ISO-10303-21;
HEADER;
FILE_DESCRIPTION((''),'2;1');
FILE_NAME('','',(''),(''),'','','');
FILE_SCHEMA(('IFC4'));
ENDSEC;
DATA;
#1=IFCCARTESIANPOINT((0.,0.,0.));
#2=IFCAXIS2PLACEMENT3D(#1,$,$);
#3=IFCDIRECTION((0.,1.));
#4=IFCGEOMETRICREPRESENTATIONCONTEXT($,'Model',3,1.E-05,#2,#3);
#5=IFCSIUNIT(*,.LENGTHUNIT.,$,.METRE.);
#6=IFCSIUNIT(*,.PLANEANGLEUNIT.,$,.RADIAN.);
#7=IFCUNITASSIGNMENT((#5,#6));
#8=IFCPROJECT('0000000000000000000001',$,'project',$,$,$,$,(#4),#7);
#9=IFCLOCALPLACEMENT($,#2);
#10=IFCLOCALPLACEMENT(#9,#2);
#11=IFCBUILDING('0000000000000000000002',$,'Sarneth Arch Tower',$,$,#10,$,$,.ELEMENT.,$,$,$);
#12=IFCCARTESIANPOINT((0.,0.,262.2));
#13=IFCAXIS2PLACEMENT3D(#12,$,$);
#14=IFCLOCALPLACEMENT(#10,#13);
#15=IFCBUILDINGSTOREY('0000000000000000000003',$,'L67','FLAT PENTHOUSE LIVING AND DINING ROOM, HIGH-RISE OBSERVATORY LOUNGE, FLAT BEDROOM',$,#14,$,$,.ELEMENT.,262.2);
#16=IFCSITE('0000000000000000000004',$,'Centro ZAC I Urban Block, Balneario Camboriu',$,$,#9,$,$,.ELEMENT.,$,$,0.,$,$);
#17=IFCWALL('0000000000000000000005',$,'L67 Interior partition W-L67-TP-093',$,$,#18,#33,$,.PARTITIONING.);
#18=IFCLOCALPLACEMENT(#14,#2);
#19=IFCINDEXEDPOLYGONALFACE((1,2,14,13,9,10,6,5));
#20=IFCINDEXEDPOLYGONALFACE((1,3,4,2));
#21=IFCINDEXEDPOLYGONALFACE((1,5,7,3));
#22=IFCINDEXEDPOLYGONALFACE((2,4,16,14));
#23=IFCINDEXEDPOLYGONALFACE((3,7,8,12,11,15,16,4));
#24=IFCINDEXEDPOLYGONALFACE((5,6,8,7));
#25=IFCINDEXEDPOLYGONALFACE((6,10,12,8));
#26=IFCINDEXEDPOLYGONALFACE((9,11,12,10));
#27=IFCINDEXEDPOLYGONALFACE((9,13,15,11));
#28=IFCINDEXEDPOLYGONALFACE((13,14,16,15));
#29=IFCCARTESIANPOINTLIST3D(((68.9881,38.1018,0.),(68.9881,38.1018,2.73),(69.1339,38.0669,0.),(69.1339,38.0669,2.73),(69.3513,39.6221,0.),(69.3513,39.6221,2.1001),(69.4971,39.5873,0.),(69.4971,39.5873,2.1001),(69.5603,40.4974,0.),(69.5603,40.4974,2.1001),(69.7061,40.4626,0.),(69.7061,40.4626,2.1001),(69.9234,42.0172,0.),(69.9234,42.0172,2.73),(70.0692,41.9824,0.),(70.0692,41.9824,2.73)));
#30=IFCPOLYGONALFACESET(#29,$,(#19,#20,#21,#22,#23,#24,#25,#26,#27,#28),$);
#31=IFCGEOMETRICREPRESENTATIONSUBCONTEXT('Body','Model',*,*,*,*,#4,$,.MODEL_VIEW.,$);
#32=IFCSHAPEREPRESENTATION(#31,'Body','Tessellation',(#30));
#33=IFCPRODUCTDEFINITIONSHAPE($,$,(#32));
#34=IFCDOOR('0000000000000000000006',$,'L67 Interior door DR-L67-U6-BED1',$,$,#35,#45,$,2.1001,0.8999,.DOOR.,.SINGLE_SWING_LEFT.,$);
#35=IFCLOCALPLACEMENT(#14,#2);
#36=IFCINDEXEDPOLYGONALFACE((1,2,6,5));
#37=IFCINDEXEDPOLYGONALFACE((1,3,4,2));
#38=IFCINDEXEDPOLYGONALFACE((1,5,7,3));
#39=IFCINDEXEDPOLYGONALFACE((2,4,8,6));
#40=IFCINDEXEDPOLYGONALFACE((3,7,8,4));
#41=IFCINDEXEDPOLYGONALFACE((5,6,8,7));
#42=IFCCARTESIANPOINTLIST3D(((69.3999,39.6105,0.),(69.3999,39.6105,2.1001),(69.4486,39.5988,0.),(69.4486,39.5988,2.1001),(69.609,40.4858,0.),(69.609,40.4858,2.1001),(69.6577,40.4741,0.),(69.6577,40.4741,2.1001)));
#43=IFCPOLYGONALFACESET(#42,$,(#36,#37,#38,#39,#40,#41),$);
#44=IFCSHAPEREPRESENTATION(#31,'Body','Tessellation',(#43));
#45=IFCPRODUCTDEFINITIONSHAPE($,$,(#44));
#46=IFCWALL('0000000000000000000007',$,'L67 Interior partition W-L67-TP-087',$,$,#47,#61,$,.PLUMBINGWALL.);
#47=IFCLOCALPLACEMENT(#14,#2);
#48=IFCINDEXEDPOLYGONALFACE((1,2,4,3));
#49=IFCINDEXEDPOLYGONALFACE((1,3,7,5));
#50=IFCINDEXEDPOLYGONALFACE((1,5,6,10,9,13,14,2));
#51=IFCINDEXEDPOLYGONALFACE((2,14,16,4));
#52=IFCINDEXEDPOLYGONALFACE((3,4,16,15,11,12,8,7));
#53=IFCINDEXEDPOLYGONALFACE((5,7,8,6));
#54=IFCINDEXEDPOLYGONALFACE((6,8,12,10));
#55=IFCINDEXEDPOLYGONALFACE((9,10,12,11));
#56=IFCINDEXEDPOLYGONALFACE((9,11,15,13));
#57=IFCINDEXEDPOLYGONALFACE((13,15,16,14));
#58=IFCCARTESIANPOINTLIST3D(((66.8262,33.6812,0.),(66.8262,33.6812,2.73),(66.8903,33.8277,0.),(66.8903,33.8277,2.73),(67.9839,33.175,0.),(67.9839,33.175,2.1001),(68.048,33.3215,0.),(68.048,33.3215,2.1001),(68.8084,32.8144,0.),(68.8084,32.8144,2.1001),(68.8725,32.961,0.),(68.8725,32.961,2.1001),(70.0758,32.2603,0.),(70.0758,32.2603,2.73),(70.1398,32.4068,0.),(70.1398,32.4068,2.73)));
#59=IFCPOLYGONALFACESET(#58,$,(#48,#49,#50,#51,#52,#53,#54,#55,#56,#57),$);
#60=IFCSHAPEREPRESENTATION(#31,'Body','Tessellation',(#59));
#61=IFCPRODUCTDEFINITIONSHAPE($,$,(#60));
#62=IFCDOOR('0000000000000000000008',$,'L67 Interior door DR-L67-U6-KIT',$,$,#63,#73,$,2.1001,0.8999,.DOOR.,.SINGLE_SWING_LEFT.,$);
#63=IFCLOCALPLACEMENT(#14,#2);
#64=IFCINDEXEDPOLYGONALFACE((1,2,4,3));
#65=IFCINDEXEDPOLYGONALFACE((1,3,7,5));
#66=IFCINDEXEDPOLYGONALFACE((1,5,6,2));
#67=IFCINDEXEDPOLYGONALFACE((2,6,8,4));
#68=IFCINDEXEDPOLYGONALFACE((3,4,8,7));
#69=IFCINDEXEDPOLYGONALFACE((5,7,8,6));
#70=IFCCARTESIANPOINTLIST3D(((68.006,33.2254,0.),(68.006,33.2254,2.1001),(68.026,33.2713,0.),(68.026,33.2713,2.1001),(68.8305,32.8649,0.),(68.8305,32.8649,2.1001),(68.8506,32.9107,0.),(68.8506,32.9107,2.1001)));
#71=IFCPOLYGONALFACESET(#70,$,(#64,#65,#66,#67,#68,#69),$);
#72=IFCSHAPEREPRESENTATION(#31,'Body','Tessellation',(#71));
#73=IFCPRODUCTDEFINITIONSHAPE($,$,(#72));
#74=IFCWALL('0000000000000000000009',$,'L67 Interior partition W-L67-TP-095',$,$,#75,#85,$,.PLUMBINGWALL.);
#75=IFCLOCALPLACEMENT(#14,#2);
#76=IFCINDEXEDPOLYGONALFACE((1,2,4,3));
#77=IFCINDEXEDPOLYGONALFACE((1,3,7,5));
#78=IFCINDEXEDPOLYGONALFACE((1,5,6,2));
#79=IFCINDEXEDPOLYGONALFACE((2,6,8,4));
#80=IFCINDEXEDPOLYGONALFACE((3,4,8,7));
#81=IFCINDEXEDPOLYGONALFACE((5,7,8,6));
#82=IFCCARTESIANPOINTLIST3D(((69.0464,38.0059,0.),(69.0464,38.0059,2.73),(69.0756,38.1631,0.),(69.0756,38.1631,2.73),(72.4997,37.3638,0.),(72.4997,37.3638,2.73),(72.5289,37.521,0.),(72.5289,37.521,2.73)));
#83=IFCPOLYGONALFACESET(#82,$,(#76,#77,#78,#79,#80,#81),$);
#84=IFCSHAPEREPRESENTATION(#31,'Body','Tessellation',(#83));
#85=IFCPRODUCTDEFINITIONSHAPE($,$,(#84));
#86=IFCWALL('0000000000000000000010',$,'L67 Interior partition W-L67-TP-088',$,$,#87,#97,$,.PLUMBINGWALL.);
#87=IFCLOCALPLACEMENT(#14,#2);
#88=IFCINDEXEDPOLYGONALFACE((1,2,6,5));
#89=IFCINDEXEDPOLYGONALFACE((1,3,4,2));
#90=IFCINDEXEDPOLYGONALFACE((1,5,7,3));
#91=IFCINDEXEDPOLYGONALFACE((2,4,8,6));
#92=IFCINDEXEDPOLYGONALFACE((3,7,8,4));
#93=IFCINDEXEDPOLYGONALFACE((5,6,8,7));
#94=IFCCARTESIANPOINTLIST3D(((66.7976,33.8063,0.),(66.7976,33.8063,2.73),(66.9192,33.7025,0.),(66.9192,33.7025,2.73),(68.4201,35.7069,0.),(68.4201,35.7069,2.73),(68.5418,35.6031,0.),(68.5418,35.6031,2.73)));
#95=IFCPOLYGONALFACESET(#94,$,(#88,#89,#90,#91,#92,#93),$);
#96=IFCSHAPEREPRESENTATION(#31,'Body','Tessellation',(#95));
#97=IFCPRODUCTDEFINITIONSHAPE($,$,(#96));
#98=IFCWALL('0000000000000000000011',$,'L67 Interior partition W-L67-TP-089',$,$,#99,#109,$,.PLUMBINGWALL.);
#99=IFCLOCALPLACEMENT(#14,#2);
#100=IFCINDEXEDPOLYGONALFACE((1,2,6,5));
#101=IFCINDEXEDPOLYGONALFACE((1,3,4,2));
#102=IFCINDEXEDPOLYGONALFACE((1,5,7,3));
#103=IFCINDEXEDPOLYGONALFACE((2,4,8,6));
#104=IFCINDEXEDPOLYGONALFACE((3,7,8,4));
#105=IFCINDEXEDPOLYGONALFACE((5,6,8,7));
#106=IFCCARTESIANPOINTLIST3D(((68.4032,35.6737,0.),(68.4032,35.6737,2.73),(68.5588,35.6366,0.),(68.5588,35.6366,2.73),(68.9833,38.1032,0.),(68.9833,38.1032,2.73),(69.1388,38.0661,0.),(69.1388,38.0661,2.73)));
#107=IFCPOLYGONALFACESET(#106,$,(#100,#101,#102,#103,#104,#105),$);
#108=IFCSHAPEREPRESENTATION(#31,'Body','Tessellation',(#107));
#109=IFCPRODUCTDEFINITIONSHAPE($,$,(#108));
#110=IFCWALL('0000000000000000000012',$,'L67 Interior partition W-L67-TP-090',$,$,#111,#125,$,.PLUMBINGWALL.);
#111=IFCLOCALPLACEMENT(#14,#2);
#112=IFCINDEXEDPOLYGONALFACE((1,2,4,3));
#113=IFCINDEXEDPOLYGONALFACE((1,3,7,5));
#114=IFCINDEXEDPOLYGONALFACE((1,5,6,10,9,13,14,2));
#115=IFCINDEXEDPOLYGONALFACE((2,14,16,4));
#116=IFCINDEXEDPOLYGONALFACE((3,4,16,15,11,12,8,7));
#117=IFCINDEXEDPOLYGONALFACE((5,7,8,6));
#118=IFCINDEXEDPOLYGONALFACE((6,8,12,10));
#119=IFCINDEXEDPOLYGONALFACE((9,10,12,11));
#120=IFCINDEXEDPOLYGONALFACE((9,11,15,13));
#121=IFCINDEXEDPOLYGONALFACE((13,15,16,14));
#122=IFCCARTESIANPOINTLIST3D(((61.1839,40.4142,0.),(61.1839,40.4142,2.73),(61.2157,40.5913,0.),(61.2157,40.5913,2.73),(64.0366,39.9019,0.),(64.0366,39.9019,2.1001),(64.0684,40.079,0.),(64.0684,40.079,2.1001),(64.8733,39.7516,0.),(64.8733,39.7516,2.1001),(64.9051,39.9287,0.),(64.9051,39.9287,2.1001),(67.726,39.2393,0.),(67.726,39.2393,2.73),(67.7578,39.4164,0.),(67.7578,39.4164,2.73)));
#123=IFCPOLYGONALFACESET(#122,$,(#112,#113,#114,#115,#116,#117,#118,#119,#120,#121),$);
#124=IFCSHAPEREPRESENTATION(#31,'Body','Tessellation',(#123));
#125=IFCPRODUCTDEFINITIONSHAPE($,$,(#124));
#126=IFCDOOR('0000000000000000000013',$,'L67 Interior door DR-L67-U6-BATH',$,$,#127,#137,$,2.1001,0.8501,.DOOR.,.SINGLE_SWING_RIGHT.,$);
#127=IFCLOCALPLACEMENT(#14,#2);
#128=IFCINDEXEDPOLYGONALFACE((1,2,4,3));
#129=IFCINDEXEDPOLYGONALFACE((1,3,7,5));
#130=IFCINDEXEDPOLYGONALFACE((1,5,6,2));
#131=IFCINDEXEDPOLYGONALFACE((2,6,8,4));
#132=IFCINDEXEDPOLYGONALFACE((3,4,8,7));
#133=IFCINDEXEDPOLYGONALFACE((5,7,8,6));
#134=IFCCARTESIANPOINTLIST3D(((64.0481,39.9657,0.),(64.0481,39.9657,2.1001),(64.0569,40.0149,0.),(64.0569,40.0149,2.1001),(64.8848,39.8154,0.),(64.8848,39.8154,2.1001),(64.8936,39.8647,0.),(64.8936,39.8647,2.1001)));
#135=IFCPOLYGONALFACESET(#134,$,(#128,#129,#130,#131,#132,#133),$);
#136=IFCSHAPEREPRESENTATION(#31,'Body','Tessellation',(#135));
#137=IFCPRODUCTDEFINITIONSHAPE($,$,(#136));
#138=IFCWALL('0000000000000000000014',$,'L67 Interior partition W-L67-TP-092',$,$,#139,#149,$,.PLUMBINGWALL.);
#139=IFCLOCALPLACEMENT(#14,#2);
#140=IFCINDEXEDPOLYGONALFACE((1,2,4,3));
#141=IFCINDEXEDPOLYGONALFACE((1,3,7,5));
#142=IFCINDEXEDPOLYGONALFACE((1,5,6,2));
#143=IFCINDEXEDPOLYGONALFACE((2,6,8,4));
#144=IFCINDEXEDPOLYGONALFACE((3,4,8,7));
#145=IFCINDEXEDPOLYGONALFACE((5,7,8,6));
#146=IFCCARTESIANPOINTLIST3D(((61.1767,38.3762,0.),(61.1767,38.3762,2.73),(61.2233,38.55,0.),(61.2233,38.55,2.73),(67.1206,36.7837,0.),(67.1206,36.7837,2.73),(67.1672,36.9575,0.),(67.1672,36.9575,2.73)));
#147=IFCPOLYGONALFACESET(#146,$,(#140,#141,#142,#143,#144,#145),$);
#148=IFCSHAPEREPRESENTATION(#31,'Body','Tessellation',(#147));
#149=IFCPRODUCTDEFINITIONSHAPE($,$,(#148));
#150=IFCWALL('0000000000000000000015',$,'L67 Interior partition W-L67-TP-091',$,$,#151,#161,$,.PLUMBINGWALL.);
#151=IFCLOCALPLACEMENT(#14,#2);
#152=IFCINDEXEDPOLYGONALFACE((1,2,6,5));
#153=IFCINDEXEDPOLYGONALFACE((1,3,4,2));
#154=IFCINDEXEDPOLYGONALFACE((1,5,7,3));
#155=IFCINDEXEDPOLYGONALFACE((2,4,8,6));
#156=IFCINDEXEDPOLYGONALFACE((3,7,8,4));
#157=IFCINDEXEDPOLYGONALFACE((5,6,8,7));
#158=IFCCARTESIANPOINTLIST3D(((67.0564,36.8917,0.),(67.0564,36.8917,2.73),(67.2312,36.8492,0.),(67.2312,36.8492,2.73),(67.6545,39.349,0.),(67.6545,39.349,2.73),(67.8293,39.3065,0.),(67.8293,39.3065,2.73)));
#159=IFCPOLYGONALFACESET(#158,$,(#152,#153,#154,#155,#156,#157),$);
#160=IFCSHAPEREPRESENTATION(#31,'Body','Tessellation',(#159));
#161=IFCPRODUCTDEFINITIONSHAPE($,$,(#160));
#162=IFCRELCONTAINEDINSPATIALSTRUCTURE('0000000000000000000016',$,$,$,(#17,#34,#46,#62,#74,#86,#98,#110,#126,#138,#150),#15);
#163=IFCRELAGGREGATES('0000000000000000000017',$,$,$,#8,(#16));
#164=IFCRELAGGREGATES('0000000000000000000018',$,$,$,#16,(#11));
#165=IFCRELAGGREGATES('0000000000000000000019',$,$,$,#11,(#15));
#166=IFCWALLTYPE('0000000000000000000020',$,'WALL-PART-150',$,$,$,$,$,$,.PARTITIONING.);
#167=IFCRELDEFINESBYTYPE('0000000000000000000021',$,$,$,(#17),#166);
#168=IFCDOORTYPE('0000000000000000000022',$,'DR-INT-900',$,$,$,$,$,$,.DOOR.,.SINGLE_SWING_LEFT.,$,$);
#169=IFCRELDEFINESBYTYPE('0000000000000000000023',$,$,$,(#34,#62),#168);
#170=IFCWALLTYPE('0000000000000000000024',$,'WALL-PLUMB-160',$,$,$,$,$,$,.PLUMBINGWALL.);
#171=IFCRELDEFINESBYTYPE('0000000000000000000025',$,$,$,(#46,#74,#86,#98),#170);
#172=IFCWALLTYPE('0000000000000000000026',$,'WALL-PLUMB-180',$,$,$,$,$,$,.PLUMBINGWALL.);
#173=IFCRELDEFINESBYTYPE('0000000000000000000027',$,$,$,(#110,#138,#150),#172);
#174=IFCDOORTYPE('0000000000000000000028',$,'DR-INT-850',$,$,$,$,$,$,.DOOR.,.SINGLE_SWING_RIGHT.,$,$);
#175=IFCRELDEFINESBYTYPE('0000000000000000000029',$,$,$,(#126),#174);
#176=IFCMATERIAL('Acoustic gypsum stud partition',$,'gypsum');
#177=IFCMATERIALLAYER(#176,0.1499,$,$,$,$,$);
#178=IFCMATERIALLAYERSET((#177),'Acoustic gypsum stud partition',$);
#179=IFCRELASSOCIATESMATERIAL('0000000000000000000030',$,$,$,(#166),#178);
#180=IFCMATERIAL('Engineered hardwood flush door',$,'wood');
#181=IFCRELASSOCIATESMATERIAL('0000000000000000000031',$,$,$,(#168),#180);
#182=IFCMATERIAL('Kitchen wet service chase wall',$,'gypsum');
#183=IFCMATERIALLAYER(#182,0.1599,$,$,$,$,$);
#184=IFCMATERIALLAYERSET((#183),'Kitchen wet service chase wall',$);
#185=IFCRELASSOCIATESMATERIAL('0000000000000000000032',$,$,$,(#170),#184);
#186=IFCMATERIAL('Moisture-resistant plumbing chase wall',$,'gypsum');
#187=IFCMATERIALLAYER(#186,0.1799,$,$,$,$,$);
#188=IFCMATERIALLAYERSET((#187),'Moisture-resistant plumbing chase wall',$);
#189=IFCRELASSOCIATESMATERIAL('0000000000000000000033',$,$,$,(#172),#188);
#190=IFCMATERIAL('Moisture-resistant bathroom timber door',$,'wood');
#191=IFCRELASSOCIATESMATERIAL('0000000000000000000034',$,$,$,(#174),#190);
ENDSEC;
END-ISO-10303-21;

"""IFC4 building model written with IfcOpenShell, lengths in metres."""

from ifc_helpers import new_model, si_unit, direction, frame, frame_2d, origin, place, context, subcontext, project, spatial, rectangle, extrude, material, layer, layer_set, type_object, element, fill, save


model = new_model("IFC4")

# Units and contexts
model_context = context("Model", 3, precision=1e-05, world=origin(), true_north=direction((0.0, 1.0)))
body_context = subcontext(model_context, "Body", "Model", "MODEL_VIEW")
ifc_project = project(units=[si_unit("LENGTHUNIT", "METRE"), si_unit("PLANEANGLEUNIT", "RADIAN")], contexts=[model_context])

# Site, building, storey
site_placement = place(None, origin())
site = spatial("IfcSite", under=ifc_project, at=site_placement, Name="Centro ZAC I Urban Block, Balneario Camboriu", CompositionType="ELEMENT", RefElevation=0.0)
building_placement = place(site_placement, origin())
building = spatial("IfcBuilding", under=site, at=building_placement, Name="Sarneth Arch Tower", CompositionType="ELEMENT")
storey_placement = place(building_placement, frame((0.0, 0.0, 262.2)))
storey = spatial("IfcBuildingStorey", under=building, at=storey_placement, Name="L67", Description="FLAT PENTHOUSE LIVING AND DINING ROOM, HIGH-RISE OBSERVATORY LOUNGE, FLAT BEDROOM", CompositionType="ELEMENT", Elevation=262.2)

# Walls, openings, doors
ifc_material_1 = material(Name="Acoustic gypsum stud partition", Category="gypsum")
ifc_layer_1 = layer(ifc_material_1, 0.1499)
ifc_layer_set_1 = layer_set([ifc_layer_1], Name="Acoustic gypsum stud partition")
wall_type_1 = type_object("IfcWallType", Name="WALL-PART-150", PredefinedType="PARTITIONING", material=ifc_layer_set_1)
wall_1_placement = place(storey_placement, frame((69.061, 38.0845, 0.0), z_axis=(0.0, 0.0, 1.0), x_axis=(0.232334, 0.972636, 0.0)))
wall_1 = element("IfcWall", 1, at=wall_1_placement, inside=storey, type_object=wall_type_1, Name="L67 Interior partition W-L67-TP-093", PredefinedType="PARTITIONING", context=body_context, shape_type="SweptSolid", body=[
    extrude(rectangle(XDim=4.0256, YDim=0.1499, at=frame_2d((2.0127, 0.0))), origin(), (0.0, 0.0, 1.0), 2.73),
])
opening_1_placement = place(wall_1_placement, frame((1.563, 0.0, 0.0)))
opening_1 = element("IfcOpeningElement", 2, at=opening_1_placement, cuts=wall_1, PredefinedType="OPENING", context=body_context, shape_type="SweptSolid", body=[
    extrude(rectangle(XDim=0.8999, YDim=2.1001, at=frame_2d((0.45, 1.05))), frame((0.0, 0.085, 0.0), z_axis=(0.0, -1.0, 0.0), x_axis=(1.0, 0.0, 0.0)), (0.0, 0.0, 1.0), 0.1699),
])
ifc_material_2 = material(Name="Engineered hardwood flush door", Category="wood")
door_type_1 = type_object("IfcDoorType", Name="DR-INT-900", OperationType="SINGLE_SWING_LEFT", PredefinedType="DOOR", material=ifc_material_2)
door_1_placement = place(opening_1_placement, origin())
door_1 = element("IfcDoor", 3, at=door_1_placement, inside=storey, type_object=door_type_1, Name="L67 Interior door DR-L67-U6-BED1", OperationType="SINGLE_SWING_LEFT", OverallHeight=2.1001, OverallWidth=0.8999, PredefinedType="DOOR", context=body_context, shape_type="SweptSolid", body=[
    extrude(rectangle(XDim=0.8999, YDim=2.1001, at=frame_2d((0.45, 1.05))), frame((0.0, 0.0249, 0.0), z_axis=(0.0, -1.0, 0.0), x_axis=(1.0, 0.0, 0.0)), (0.0, 0.0, 1.0), 0.05),
])
fill(opening_1, door_1)
ifc_material_3 = material(Name="Kitchen wet service chase wall", Category="gypsum")
ifc_layer_2 = layer(ifc_material_3, 0.1599)
ifc_layer_set_2 = layer_set([ifc_layer_2], Name="Kitchen wet service chase wall")
wall_type_2 = type_object("IfcWallType", Name="WALL-PLUMB-160", PredefinedType="PLUMBINGWALL", material=ifc_layer_set_2)
wall_2_placement = place(storey_placement, frame((70.1079, 32.3335, 0.0), z_axis=(0.0, 0.0, 1.0), x_axis=(-0.916236, 0.400638, 0.0)))
wall_2 = element("IfcWall", 4, at=wall_2_placement, inside=storey, type_object=wall_type_2, Name="L67 Interior partition W-L67-TP-087", PredefinedType="PLUMBINGWALL", context=body_context, shape_type="SweptSolid", body=[
    extrude(rectangle(XDim=3.5466, YDim=0.1599, at=frame_2d((1.7734, 0.0))), origin(), (0.0, 0.0, 1.0), 2.73),
])
opening_2_placement = place(wall_2_placement, frame((1.3833, 0.0, 0.0)))
opening_2 = element("IfcOpeningElement", 5, at=opening_2_placement, cuts=wall_2, PredefinedType="OPENING", context=body_context, shape_type="SweptSolid", body=[
    extrude(rectangle(XDim=0.8999, YDim=2.1001, at=frame_2d((0.45, 1.05))), frame((0.0, 0.0898, 0.0), z_axis=(0.0, -1.0, 0.0), x_axis=(1.0, 0.0, 0.0)), (0.0, 0.0, 1.0), 0.1799),
])
door_2_placement = place(opening_2_placement, origin())
door_2 = element("IfcDoor", 6, at=door_2_placement, inside=storey, type_object=door_type_1, Name="L67 Interior door DR-L67-U6-KIT", OperationType="SINGLE_SWING_LEFT", OverallHeight=2.1001, OverallWidth=0.8999, PredefinedType="DOOR", context=body_context, shape_type="SweptSolid", body=[
    extrude(rectangle(XDim=0.8999, YDim=2.1001, at=frame_2d((0.45, 1.05))), frame((0.0, 0.0249, 0.0), z_axis=(0.0, -1.0, 0.0), x_axis=(1.0, 0.0, 0.0)), (0.0, 0.0, 1.0), 0.05),
])
fill(opening_2, door_2)

# Walls
wall_3_placement = place(storey_placement, frame((72.5144, 37.4424, 0.0), z_axis=(0.0, 0.0, 1.0), x_axis=(-0.98315, 0.182799, 0.0)))
element("IfcWall", 7, at=wall_3_placement, inside=storey, type_object=wall_type_2, Name="L67 Interior partition W-L67-TP-095", PredefinedType="PLUMBINGWALL", context=body_context, shape_type="SweptSolid", body=[
    extrude(rectangle(XDim=3.5125, YDim=0.1599, at=frame_2d((1.7563, 0.0))), origin(), (0.0, 0.0, 1.0), 2.73),
])
wall_4_placement = place(storey_placement, frame((66.8584, 33.7544, 0.0), z_axis=(0.0, 0.0, 1.0), x_axis=(0.649278, 0.760552, 0.0)))
element("IfcWall", 8, at=wall_4_placement, inside=storey, type_object=wall_type_2, Name="L67 Interior partition W-L67-TP-088", PredefinedType="PLUMBINGWALL", context=body_context, shape_type="SweptSolid", body=[
    extrude(rectangle(XDim=2.499, YDim=0.1599, at=frame_2d((1.2495, 0.0))), origin(), (0.0, 0.0, 1.0), 2.73),
])
wall_5_placement = place(storey_placement, frame((68.481, 35.655, 0.0), z_axis=(0.0, 0.0, 1.0), x_axis=(0.232242, 0.972658, 0.0)))
element("IfcWall", 9, at=wall_5_placement, inside=storey, type_object=wall_type_2, Name="L67 Interior partition W-L67-TP-089", PredefinedType="PLUMBINGWALL", context=body_context, shape_type="SweptSolid", body=[
    extrude(rectangle(XDim=2.4978, YDim=0.1599, at=frame_2d((1.249, 0.0))), origin(), (0.0, 0.0, 1.0), 2.73),
])

# Wall, opening, door
ifc_material_4 = material(Name="Moisture-resistant plumbing chase wall", Category="gypsum")
ifc_layer_3 = layer(ifc_material_4, 0.1799)
ifc_layer_set_3 = layer_set([ifc_layer_3], Name="Moisture-resistant plumbing chase wall")
wall_type_3 = type_object("IfcWallType", Name="WALL-PLUMB-180", PredefinedType="PLUMBINGWALL", material=ifc_layer_set_3)
wall_6_placement = place(storey_placement, frame((61.2, 40.5027, 0.0), z_axis=(0.0, 0.0, 1.0), x_axis=(0.984255, -0.176752, 0.0)))
wall_6 = element("IfcWall", 10, at=wall_6_placement, inside=storey, type_object=wall_type_3, Name="L67 Interior partition W-L67-TP-090", PredefinedType="PLUMBINGWALL", context=body_context, shape_type="SweptSolid", body=[
    extrude(rectangle(XDim=6.6467, YDim=0.1799, at=frame_2d((3.3232, 0.0))), origin(), (0.0, 0.0, 1.0), 2.73),
])
opening_3_placement = place(wall_6_placement, frame((2.8982, 0.0, 0.0)))
opening_3 = element("IfcOpeningElement", 11, at=opening_3_placement, cuts=wall_6, PredefinedType="OPENING", context=body_context, shape_type="SweptSolid", body=[
    extrude(rectangle(XDim=0.8501, YDim=2.1001, at=frame_2d((0.425, 1.05))), frame((0.0, 0.0999, 0.0), z_axis=(0.0, -1.0, 0.0), x_axis=(1.0, 0.0, 0.0)), (0.0, 0.0, 1.0), 0.2),
])
ifc_material_5 = material(Name="Moisture-resistant bathroom timber door", Category="wood")
door_type_2 = type_object("IfcDoorType", Name="DR-INT-850", OperationType="SINGLE_SWING_RIGHT", PredefinedType="DOOR", material=ifc_material_5)
door_3_placement = place(opening_3_placement, origin())
door_3 = element("IfcDoor", 12, at=door_3_placement, inside=storey, type_object=door_type_2, Name="L67 Interior door DR-L67-U6-BATH", OperationType="SINGLE_SWING_RIGHT", OverallHeight=2.1001, OverallWidth=0.8501, PredefinedType="DOOR", context=body_context, shape_type="SweptSolid", body=[
    extrude(rectangle(XDim=0.8501, YDim=2.1001, at=frame_2d((0.425, 1.05))), frame((0.0, 0.0249, 0.0), z_axis=(0.0, -1.0, 0.0), x_axis=(1.0, 0.0, 0.0)), (0.0, 0.0, 1.0), 0.05),
])
fill(opening_3, door_3)

# Walls
wall_7_placement = place(storey_placement, frame((67.1438, 36.8706, 0.0), z_axis=(0.0, 0.0, 1.0), x_axis=(-0.965931, 0.258801, 0.0)))
element("IfcWall", 13, at=wall_7_placement, inside=storey, type_object=wall_type_3, Name="L67 Interior partition W-L67-TP-092", PredefinedType="PLUMBINGWALL", context=body_context, shape_type="SweptSolid", body=[
    extrude(rectangle(XDim=6.1536, YDim=0.1799, at=frame_2d((3.0767, 0.0))), origin(), (0.0, 0.0, 1.0), 2.73),
])
wall_8_placement = place(storey_placement, frame((67.7419, 39.3279, 0.0), z_axis=(0.0, 0.0, 1.0), x_axis=(-0.236512, -0.971629, 0.0)))
element("IfcWall", 14, at=wall_8_placement, inside=storey, type_object=wall_type_3, Name="L67 Interior partition W-L67-TP-091", PredefinedType="PLUMBINGWALL", context=body_context, shape_type="SweptSolid", body=[
    extrude(rectangle(XDim=2.5291, YDim=0.1799, at=frame_2d((1.2646, 0.0))), origin(), (0.0, 0.0, 1.0), 2.73),
])

save(model, "model.ifc")
